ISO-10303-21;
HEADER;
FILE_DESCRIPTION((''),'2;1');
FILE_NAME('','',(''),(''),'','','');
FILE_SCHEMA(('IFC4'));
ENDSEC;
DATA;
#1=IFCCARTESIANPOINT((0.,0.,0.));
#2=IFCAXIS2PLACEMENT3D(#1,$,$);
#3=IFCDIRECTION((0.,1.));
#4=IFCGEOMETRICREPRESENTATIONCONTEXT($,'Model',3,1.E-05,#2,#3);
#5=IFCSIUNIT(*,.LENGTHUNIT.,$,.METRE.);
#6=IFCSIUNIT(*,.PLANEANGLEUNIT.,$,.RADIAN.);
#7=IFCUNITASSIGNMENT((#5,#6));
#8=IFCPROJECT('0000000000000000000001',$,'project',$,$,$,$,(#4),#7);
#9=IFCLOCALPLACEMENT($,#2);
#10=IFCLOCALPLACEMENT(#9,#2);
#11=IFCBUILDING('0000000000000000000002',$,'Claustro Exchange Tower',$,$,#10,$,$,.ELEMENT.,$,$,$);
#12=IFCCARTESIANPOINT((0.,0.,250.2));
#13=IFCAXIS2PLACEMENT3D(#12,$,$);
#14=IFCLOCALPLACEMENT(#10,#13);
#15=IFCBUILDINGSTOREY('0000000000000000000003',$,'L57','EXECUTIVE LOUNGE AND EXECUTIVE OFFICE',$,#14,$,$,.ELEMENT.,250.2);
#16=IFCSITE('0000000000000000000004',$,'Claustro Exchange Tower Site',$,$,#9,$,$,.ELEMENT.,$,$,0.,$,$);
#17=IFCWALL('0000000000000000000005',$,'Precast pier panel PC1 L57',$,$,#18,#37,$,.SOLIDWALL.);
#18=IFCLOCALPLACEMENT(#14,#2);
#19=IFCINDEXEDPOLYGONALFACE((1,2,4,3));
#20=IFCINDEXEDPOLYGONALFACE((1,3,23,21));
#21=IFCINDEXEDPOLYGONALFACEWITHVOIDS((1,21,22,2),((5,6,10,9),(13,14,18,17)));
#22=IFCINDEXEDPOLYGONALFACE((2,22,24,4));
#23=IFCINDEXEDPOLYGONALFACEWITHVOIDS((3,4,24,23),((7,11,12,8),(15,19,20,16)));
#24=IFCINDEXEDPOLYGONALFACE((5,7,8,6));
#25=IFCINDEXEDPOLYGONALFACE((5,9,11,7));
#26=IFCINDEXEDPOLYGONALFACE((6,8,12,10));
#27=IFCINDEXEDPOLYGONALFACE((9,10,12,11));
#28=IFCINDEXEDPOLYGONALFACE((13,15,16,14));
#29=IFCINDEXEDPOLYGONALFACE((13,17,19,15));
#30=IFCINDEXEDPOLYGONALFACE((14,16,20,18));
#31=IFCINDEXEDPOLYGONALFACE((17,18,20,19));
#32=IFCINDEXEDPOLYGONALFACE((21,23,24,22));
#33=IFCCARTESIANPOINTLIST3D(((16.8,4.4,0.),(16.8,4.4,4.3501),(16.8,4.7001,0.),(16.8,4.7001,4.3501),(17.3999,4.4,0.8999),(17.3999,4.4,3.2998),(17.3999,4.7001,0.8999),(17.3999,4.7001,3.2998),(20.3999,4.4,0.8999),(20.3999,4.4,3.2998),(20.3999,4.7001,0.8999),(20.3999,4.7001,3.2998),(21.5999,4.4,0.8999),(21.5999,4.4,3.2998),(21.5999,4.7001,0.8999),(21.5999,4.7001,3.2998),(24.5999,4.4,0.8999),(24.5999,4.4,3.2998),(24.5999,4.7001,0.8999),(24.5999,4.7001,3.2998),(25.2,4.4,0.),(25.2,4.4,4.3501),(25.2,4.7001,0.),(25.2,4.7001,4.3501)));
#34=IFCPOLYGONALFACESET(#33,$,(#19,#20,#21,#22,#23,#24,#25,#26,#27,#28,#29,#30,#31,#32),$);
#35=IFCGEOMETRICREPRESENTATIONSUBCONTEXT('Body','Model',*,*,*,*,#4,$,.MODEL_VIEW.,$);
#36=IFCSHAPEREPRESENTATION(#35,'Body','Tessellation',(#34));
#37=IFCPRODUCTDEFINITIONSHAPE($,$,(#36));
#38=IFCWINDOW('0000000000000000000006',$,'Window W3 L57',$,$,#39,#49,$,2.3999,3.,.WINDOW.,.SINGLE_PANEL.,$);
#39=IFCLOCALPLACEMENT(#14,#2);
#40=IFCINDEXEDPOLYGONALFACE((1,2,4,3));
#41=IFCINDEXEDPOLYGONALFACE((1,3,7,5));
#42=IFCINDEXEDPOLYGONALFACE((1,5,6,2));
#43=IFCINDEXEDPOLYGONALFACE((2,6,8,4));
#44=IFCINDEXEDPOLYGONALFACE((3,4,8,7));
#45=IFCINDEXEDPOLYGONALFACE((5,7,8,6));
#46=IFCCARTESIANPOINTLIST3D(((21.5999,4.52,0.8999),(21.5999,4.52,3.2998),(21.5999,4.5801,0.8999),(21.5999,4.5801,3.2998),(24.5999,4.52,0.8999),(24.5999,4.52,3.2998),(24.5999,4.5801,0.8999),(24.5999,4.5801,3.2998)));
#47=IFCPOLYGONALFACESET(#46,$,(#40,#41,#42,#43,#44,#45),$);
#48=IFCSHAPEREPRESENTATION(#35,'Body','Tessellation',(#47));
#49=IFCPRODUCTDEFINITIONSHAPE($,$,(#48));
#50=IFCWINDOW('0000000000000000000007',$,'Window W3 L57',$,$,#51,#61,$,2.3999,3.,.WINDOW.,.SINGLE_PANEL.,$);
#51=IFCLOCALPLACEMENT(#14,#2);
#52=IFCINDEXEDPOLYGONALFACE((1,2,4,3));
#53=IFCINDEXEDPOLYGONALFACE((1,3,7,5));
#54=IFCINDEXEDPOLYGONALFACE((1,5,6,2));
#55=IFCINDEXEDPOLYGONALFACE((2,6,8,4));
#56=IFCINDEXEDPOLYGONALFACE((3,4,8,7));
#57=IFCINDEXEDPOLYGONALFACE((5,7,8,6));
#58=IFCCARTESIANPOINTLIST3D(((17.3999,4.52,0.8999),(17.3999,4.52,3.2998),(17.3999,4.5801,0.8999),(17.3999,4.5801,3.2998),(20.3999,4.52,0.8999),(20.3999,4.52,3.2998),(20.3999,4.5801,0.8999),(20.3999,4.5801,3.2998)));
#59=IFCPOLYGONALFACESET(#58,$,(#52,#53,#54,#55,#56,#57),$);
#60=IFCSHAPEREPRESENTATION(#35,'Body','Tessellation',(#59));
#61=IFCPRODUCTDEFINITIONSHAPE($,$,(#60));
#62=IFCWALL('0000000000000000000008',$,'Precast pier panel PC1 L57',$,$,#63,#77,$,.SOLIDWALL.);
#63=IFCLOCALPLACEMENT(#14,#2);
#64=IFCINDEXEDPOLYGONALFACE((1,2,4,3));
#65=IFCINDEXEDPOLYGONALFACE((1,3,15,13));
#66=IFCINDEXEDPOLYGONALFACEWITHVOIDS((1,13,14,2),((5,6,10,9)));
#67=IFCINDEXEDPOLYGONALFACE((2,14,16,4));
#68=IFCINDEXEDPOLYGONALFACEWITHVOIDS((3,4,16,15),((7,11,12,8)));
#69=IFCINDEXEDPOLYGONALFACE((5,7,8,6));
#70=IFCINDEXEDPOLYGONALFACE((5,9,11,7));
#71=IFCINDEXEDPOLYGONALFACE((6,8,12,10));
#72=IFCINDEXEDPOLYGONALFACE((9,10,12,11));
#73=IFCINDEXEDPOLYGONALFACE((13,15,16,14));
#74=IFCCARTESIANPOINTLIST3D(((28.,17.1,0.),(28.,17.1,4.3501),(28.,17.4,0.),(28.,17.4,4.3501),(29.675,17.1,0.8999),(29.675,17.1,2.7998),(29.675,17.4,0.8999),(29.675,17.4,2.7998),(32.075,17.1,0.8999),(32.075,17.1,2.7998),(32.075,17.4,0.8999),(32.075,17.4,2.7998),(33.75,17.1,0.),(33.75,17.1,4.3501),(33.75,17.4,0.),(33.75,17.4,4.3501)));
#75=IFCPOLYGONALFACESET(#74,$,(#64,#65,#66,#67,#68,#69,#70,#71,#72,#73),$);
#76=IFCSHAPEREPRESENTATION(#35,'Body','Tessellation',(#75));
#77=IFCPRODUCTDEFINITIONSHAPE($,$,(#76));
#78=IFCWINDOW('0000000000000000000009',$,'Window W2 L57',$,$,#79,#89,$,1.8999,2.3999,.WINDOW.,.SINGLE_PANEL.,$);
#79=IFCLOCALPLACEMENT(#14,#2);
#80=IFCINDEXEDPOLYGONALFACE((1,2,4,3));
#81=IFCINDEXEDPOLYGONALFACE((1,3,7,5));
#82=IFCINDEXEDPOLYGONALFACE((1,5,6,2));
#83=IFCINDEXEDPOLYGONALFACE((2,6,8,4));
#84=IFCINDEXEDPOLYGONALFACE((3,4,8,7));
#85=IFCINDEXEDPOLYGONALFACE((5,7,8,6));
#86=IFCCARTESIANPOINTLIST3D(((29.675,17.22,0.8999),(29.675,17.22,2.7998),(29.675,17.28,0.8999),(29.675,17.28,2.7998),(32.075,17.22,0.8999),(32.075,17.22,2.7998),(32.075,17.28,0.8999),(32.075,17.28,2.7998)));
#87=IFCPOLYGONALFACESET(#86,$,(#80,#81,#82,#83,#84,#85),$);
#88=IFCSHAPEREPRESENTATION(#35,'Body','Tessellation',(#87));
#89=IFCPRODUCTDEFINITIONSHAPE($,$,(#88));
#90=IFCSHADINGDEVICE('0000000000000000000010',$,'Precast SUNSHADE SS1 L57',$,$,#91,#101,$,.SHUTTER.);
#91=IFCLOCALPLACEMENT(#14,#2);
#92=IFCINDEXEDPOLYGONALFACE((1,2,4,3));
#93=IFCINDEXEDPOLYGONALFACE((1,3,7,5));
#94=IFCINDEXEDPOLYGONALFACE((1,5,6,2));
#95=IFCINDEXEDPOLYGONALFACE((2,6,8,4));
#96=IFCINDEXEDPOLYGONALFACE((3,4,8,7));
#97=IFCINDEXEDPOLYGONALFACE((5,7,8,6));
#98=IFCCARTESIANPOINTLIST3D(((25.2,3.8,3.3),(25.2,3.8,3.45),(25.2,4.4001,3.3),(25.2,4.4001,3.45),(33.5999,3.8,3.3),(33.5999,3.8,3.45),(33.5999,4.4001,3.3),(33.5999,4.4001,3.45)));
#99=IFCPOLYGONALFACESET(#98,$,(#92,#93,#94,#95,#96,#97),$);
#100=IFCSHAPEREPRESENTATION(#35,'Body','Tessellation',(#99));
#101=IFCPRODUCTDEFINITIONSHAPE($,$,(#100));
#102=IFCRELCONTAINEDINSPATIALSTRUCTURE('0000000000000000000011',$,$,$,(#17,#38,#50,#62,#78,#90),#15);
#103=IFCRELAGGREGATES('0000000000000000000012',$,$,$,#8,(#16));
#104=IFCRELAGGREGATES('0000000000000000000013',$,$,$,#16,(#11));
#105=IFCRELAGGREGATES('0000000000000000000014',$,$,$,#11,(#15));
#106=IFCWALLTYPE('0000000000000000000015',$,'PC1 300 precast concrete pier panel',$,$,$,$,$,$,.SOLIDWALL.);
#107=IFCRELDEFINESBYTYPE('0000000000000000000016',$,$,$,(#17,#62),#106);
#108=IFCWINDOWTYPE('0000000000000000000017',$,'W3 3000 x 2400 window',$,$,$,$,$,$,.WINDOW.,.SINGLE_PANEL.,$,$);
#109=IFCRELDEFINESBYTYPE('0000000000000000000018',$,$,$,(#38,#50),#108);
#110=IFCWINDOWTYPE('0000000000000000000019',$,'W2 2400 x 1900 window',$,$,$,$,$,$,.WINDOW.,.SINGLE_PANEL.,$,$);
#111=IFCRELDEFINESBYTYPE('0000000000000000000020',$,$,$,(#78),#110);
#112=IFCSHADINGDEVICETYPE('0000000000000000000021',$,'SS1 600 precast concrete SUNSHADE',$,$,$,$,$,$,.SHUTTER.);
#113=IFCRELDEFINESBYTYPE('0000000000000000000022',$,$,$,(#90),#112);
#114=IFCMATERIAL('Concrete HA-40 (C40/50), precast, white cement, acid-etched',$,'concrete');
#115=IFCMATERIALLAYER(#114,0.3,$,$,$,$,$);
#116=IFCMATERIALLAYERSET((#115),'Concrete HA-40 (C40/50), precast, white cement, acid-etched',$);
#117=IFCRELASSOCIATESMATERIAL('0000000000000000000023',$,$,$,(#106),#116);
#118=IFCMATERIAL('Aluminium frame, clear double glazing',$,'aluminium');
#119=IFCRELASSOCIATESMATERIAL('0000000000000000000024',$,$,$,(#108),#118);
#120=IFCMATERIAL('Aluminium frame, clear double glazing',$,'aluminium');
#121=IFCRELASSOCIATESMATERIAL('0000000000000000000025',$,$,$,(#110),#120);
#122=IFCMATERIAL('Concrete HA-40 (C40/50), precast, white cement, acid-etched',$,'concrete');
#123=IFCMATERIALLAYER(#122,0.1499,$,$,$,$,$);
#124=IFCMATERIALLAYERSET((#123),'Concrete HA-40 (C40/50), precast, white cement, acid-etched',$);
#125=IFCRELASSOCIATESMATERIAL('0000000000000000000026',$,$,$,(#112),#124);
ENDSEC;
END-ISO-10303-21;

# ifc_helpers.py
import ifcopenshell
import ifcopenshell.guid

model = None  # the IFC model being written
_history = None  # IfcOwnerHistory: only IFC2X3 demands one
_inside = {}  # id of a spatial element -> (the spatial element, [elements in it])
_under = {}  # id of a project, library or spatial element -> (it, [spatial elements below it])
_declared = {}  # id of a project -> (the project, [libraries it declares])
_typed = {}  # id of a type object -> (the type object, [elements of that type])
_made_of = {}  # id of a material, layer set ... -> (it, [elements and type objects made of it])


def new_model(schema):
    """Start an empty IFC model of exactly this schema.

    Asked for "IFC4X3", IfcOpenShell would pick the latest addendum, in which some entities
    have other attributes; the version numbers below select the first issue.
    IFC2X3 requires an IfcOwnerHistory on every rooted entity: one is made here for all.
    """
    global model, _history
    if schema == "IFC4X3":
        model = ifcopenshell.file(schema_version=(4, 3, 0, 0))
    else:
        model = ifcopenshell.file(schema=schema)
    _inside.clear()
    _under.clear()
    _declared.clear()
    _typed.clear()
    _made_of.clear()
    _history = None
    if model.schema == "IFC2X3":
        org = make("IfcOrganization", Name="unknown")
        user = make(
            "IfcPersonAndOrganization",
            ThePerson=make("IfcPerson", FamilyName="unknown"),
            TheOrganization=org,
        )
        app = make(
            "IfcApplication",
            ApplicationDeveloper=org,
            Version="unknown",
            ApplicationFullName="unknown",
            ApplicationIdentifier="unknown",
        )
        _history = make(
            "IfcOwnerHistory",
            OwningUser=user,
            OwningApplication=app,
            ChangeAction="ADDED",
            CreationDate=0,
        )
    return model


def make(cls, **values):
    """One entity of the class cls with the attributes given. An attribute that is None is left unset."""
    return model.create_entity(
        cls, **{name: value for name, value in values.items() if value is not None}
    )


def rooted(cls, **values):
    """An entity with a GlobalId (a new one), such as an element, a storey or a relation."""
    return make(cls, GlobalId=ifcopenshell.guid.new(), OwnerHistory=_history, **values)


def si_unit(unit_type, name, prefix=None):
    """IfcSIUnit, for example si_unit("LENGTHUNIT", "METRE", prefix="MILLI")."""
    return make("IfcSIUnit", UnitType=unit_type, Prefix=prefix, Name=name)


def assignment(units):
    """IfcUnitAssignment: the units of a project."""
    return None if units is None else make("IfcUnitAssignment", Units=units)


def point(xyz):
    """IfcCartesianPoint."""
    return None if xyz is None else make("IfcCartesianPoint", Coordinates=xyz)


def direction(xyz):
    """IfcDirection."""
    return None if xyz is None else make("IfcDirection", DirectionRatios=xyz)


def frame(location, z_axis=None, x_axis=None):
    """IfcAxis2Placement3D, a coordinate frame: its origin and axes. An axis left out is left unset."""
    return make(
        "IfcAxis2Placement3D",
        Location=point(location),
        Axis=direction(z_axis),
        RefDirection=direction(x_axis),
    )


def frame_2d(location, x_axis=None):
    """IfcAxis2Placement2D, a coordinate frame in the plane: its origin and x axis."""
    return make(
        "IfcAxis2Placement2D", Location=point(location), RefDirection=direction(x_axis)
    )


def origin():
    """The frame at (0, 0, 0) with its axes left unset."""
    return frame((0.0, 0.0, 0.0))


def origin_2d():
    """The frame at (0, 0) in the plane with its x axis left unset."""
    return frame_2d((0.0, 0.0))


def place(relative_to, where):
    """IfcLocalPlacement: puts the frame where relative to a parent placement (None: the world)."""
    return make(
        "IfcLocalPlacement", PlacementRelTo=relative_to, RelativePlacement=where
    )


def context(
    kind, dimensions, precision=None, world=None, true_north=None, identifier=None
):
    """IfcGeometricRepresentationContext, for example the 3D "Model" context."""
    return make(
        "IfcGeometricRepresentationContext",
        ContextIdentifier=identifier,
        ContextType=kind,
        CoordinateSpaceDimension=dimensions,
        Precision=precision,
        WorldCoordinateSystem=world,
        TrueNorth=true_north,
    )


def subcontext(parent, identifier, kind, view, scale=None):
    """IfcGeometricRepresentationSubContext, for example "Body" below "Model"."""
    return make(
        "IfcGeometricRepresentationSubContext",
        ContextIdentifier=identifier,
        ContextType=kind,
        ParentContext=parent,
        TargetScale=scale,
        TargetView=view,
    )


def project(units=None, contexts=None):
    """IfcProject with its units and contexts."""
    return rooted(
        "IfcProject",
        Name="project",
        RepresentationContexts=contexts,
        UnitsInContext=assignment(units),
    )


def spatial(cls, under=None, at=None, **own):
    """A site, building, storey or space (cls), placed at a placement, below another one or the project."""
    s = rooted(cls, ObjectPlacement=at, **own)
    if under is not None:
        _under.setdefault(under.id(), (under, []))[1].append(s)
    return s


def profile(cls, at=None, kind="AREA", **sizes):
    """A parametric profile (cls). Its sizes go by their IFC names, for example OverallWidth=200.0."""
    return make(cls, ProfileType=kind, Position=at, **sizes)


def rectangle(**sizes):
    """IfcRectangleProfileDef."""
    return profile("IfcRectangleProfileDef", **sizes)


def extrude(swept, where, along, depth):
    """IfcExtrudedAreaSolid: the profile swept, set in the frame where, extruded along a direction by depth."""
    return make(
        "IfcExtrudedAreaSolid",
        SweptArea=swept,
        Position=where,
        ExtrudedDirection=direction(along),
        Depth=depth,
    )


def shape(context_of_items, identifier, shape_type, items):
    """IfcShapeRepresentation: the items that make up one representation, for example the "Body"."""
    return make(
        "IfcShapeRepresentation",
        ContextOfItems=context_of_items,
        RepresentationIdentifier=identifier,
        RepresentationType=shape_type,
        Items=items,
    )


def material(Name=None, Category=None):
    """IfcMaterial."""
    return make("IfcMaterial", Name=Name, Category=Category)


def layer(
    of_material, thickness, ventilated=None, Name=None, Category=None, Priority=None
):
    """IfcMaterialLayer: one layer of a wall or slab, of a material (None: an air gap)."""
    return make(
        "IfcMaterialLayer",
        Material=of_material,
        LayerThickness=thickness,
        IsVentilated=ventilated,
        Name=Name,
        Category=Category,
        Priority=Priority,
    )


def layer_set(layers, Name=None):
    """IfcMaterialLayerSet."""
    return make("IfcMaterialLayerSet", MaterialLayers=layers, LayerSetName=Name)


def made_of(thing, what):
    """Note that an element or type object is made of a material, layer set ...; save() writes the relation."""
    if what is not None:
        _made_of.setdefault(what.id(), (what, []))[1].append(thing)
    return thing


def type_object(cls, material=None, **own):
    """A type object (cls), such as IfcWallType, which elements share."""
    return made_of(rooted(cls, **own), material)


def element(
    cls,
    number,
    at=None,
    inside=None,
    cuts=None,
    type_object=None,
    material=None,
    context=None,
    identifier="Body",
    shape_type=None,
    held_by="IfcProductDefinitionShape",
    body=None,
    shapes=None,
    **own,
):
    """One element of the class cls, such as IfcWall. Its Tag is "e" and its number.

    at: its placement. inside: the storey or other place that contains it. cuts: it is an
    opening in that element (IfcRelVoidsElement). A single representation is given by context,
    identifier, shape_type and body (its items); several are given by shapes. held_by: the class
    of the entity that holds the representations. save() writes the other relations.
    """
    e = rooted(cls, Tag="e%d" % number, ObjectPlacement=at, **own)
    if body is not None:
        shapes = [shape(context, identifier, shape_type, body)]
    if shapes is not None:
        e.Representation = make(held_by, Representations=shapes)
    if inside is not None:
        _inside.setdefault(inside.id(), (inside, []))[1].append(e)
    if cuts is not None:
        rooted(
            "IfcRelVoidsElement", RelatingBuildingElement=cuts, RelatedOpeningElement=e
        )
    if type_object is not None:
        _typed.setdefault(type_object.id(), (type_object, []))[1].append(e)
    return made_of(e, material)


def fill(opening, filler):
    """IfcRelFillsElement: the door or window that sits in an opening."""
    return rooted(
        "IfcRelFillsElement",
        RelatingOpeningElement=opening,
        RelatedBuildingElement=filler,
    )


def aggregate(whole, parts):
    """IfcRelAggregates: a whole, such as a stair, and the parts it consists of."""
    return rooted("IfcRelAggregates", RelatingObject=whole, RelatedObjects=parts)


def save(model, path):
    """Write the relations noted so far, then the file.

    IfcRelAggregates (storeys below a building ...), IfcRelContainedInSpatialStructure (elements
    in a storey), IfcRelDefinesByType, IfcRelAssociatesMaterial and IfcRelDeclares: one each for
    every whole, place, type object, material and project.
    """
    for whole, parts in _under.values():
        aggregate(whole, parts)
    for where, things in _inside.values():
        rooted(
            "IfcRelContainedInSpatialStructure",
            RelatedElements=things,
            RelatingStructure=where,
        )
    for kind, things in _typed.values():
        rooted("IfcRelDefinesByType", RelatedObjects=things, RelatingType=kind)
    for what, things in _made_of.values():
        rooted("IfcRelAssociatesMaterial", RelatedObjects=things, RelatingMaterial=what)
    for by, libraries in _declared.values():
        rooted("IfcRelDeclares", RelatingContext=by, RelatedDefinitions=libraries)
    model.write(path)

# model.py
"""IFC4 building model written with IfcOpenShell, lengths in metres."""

from ifc_helpers import new_model, si_unit, direction, frame, frame_2d, origin, origin_2d, place, context, subcontext, project, spatial, rectangle, extrude, material, layer, layer_set, type_object, element, fill, save


model = new_model("IFC4")

# Units and contexts
model_context = context("Model", 3, precision=1e-05, world=origin(), true_north=direction((0.0, 1.0)))
body_context = subcontext(model_context, "Body", "Model", "MODEL_VIEW")
ifc_project = project(units=[si_unit("LENGTHUNIT", "METRE"), si_unit("PLANEANGLEUNIT", "RADIAN")], contexts=[model_context])

# Site, building, storey
site_placement = place(None, origin())
site = spatial("IfcSite", under=ifc_project, at=site_placement, Name="Claustro Exchange Tower Site", CompositionType="ELEMENT", RefElevation=0.0)
building_placement = place(site_placement, origin())
building = spatial("IfcBuilding", under=site, at=building_placement, Name="Claustro Exchange Tower", CompositionType="ELEMENT")
storey_placement = place(building_placement, frame((0.0, 0.0, 250.2)))
storey = spatial("IfcBuildingStorey", under=building, at=storey_placement, Name="L57", Description="EXECUTIVE LOUNGE AND EXECUTIVE OFFICE", CompositionType="ELEMENT", Elevation=250.2)

# Wall, openings, windows
ifc_material_1 = material(Name="Concrete HA-40 (C40/50), precast, white cement, acid-etched", Category="concrete")
ifc_layer_1 = layer(ifc_material_1, 0.3)
ifc_layer_set_1 = layer_set([ifc_layer_1], Name="Concrete HA-40 (C40/50), precast, white cement, acid-etched")
wall_type_1 = type_object("IfcWallType", Name="PC1 300 precast concrete pier panel", PredefinedType="SOLIDWALL", material=ifc_layer_set_1)
ifc_material_2 = material(Name="Aluminium frame, clear double glazing", Category="aluminium")
window_type_1 = type_object("IfcWindowType", Name="W3 3000 x 2400 window", PartitioningType="SINGLE_PANEL", PredefinedType="WINDOW", material=ifc_material_2)
wall_1_placement = place(storey_placement, frame((25.2, 4.55, 0.0), z_axis=(0.0, 0.0, 1.0), x_axis=(-1.0, 0.0, 0.0)))
wall_1 = element("IfcWall", 1, at=wall_1_placement, inside=storey, type_object=wall_type_1, Name="Precast pier panel PC1 L57", PredefinedType="SOLIDWALL", context=body_context, shape_type="SweptSolid", body=[
    extrude(rectangle(XDim=8.3999, YDim=0.3, at=frame_2d((4.2, 0.0))), origin(), (0.0, 0.0, 1.0), 4.3501),
])
opening_1_placement = place(wall_1_placement, frame((0.6001, 0.0, 0.8999)))
opening_1 = element("IfcOpeningElement", 2, at=opening_1_placement, cuts=wall_1, PredefinedType="OPENING", context=body_context, shape_type="SweptSolid", body=[
    extrude(rectangle(XDim=3.0, YDim=2.3999, at=frame_2d((1.5, 1.2))), frame((0.0, 0.1599, 0.0), z_axis=(0.0, -1.0, 0.0), x_axis=(1.0, 0.0, 0.0)), (0.0, 0.0, 1.0), 0.3201),
])
opening_2_placement = place(wall_1_placement, frame((4.8, 0.0, 0.8999)))
opening_2 = element("IfcOpeningElement", 3, at=opening_2_placement, cuts=wall_1, PredefinedType="OPENING", context=body_context, shape_type="SweptSolid", body=[
    extrude(rectangle(XDim=3.0, YDim=2.3999, at=frame_2d((1.5, 1.2))), frame((0.0, 0.1599, 0.0), z_axis=(0.0, -1.0, 0.0), x_axis=(1.0, 0.0, 0.0)), (0.0, 0.0, 1.0), 0.3201),
])
window_1_placement = place(opening_1_placement, origin())
window_1 = element("IfcWindow", 4, at=window_1_placement, inside=storey, type_object=window_type_1, Name="Window W3 L57", OverallHeight=2.3999, OverallWidth=3.0, PartitioningType="SINGLE_PANEL", PredefinedType="WINDOW", context=body_context, shape_type="SweptSolid", body=[
    extrude(rectangle(XDim=3.0, YDim=2.3999, at=frame_2d((1.5, 1.2))), frame((0.0, 0.03, 0.0), z_axis=(0.0, -1.0, 0.0), x_axis=(1.0, 0.0, 0.0)), (0.0, 0.0, 1.0), 0.0601),
])
fill(opening_1, window_1)
window_2_placement = place(opening_2_placement, origin())
window_2 = element("IfcWindow", 5, at=window_2_placement, inside=storey, type_object=window_type_1, Name="Window W3 L57", OverallHeight=2.3999, OverallWidth=3.0, PartitioningType="SINGLE_PANEL", PredefinedType="WINDOW", context=body_context, shape_type="SweptSolid", body=[
    extrude(rectangle(XDim=3.0, YDim=2.3999, at=frame_2d((1.5, 1.2))), frame((0.0, 0.03, 0.0), z_axis=(0.0, -1.0, 0.0), x_axis=(1.0, 0.0, 0.0)), (0.0, 0.0, 1.0), 0.0601),
])
fill(opening_2, window_2)

# Wall, opening, window
wall_2_placement = place(storey_placement, frame((28.0, 17.25, 0.0), z_axis=(0.0, 0.0, 1.0), x_axis=(1.0, 0.0, 0.0)))
wall_2 = element("IfcWall", 6, at=wall_2_placement, inside=storey, type_object=wall_type_1, Name="Precast pier panel PC1 L57", PredefinedType="SOLIDWALL", context=body_context, shape_type="SweptSolid", body=[
    extrude(rectangle(XDim=5.75, YDim=0.3, at=frame_2d((2.875, 0.0))), origin(), (0.0, 0.0, 1.0), 4.3501),
])
opening_3_placement = place(wall_2_placement, frame((1.675, 0.0, 0.8999)))
opening_3 = element("IfcOpeningElement", 7, at=opening_3_placement, cuts=wall_2, PredefinedType="OPENING", context=body_context, shape_type="SweptSolid", body=[
    extrude(rectangle(XDim=2.3999, YDim=1.8999, at=frame_2d((1.2, 0.95))), frame((0.0, 0.1599, 0.0), z_axis=(0.0, -1.0, 0.0), x_axis=(1.0, 0.0, 0.0)), (0.0, 0.0, 1.0), 0.3201),
])
ifc_material_3 = material(Name="Aluminium frame, clear double glazing", Category="aluminium")
window_type_2 = type_object("IfcWindowType", Name="W2 2400 x 1900 window", PartitioningType="SINGLE_PANEL", PredefinedType="WINDOW", material=ifc_material_3)
window_3_placement = place(opening_3_placement, origin())
window_3 = element("IfcWindow", 8, at=window_3_placement, inside=storey, type_object=window_type_2, Name="Window W2 L57", OverallHeight=1.8999, OverallWidth=2.3999, PartitioningType="SINGLE_PANEL", PredefinedType="WINDOW", context=body_context, shape_type="SweptSolid", body=[
    extrude(rectangle(XDim=2.3999, YDim=1.8999, at=frame_2d((1.2, 0.95))), frame((0.0, 0.03, 0.0), z_axis=(0.0, -1.0, 0.0), x_axis=(1.0, 0.0, 0.0)), (0.0, 0.0, 1.0), 0.0601),
])
fill(opening_3, window_3)

# Shading device
ifc_material_4 = material(Name="Concrete HA-40 (C40/50), precast, white cement, acid-etched", Category="concrete")
ifc_layer_2 = layer(ifc_material_4, 0.1499)
ifc_layer_set_2 = layer_set([ifc_layer_2], Name="Concrete HA-40 (C40/50), precast, white cement, acid-etched")
shading_device_type = type_object("IfcShadingDeviceType", Name="SS1 600 precast concrete SUNSHADE", PredefinedType="SHUTTER", material=ifc_layer_set_2)
shading_device_placement = place(storey_placement, frame((29.3999, 4.1001, 3.3), z_axis=(0.0, 0.0, 1.0), x_axis=(-1.0, 0.0, 0.0)))
element("IfcShadingDevice", 9, at=shading_device_placement, inside=storey, type_object=shading_device_type, Name="Precast SUNSHADE SS1 L57", PredefinedType="SHUTTER", context=body_context, shape_type="SweptSolid", body=[
    extrude(rectangle(XDim=8.3999, YDim=0.6001, at=origin_2d()), origin(), (0.0, 0.0, 1.0), 0.1499),
])

save(model, "model.ifc")
